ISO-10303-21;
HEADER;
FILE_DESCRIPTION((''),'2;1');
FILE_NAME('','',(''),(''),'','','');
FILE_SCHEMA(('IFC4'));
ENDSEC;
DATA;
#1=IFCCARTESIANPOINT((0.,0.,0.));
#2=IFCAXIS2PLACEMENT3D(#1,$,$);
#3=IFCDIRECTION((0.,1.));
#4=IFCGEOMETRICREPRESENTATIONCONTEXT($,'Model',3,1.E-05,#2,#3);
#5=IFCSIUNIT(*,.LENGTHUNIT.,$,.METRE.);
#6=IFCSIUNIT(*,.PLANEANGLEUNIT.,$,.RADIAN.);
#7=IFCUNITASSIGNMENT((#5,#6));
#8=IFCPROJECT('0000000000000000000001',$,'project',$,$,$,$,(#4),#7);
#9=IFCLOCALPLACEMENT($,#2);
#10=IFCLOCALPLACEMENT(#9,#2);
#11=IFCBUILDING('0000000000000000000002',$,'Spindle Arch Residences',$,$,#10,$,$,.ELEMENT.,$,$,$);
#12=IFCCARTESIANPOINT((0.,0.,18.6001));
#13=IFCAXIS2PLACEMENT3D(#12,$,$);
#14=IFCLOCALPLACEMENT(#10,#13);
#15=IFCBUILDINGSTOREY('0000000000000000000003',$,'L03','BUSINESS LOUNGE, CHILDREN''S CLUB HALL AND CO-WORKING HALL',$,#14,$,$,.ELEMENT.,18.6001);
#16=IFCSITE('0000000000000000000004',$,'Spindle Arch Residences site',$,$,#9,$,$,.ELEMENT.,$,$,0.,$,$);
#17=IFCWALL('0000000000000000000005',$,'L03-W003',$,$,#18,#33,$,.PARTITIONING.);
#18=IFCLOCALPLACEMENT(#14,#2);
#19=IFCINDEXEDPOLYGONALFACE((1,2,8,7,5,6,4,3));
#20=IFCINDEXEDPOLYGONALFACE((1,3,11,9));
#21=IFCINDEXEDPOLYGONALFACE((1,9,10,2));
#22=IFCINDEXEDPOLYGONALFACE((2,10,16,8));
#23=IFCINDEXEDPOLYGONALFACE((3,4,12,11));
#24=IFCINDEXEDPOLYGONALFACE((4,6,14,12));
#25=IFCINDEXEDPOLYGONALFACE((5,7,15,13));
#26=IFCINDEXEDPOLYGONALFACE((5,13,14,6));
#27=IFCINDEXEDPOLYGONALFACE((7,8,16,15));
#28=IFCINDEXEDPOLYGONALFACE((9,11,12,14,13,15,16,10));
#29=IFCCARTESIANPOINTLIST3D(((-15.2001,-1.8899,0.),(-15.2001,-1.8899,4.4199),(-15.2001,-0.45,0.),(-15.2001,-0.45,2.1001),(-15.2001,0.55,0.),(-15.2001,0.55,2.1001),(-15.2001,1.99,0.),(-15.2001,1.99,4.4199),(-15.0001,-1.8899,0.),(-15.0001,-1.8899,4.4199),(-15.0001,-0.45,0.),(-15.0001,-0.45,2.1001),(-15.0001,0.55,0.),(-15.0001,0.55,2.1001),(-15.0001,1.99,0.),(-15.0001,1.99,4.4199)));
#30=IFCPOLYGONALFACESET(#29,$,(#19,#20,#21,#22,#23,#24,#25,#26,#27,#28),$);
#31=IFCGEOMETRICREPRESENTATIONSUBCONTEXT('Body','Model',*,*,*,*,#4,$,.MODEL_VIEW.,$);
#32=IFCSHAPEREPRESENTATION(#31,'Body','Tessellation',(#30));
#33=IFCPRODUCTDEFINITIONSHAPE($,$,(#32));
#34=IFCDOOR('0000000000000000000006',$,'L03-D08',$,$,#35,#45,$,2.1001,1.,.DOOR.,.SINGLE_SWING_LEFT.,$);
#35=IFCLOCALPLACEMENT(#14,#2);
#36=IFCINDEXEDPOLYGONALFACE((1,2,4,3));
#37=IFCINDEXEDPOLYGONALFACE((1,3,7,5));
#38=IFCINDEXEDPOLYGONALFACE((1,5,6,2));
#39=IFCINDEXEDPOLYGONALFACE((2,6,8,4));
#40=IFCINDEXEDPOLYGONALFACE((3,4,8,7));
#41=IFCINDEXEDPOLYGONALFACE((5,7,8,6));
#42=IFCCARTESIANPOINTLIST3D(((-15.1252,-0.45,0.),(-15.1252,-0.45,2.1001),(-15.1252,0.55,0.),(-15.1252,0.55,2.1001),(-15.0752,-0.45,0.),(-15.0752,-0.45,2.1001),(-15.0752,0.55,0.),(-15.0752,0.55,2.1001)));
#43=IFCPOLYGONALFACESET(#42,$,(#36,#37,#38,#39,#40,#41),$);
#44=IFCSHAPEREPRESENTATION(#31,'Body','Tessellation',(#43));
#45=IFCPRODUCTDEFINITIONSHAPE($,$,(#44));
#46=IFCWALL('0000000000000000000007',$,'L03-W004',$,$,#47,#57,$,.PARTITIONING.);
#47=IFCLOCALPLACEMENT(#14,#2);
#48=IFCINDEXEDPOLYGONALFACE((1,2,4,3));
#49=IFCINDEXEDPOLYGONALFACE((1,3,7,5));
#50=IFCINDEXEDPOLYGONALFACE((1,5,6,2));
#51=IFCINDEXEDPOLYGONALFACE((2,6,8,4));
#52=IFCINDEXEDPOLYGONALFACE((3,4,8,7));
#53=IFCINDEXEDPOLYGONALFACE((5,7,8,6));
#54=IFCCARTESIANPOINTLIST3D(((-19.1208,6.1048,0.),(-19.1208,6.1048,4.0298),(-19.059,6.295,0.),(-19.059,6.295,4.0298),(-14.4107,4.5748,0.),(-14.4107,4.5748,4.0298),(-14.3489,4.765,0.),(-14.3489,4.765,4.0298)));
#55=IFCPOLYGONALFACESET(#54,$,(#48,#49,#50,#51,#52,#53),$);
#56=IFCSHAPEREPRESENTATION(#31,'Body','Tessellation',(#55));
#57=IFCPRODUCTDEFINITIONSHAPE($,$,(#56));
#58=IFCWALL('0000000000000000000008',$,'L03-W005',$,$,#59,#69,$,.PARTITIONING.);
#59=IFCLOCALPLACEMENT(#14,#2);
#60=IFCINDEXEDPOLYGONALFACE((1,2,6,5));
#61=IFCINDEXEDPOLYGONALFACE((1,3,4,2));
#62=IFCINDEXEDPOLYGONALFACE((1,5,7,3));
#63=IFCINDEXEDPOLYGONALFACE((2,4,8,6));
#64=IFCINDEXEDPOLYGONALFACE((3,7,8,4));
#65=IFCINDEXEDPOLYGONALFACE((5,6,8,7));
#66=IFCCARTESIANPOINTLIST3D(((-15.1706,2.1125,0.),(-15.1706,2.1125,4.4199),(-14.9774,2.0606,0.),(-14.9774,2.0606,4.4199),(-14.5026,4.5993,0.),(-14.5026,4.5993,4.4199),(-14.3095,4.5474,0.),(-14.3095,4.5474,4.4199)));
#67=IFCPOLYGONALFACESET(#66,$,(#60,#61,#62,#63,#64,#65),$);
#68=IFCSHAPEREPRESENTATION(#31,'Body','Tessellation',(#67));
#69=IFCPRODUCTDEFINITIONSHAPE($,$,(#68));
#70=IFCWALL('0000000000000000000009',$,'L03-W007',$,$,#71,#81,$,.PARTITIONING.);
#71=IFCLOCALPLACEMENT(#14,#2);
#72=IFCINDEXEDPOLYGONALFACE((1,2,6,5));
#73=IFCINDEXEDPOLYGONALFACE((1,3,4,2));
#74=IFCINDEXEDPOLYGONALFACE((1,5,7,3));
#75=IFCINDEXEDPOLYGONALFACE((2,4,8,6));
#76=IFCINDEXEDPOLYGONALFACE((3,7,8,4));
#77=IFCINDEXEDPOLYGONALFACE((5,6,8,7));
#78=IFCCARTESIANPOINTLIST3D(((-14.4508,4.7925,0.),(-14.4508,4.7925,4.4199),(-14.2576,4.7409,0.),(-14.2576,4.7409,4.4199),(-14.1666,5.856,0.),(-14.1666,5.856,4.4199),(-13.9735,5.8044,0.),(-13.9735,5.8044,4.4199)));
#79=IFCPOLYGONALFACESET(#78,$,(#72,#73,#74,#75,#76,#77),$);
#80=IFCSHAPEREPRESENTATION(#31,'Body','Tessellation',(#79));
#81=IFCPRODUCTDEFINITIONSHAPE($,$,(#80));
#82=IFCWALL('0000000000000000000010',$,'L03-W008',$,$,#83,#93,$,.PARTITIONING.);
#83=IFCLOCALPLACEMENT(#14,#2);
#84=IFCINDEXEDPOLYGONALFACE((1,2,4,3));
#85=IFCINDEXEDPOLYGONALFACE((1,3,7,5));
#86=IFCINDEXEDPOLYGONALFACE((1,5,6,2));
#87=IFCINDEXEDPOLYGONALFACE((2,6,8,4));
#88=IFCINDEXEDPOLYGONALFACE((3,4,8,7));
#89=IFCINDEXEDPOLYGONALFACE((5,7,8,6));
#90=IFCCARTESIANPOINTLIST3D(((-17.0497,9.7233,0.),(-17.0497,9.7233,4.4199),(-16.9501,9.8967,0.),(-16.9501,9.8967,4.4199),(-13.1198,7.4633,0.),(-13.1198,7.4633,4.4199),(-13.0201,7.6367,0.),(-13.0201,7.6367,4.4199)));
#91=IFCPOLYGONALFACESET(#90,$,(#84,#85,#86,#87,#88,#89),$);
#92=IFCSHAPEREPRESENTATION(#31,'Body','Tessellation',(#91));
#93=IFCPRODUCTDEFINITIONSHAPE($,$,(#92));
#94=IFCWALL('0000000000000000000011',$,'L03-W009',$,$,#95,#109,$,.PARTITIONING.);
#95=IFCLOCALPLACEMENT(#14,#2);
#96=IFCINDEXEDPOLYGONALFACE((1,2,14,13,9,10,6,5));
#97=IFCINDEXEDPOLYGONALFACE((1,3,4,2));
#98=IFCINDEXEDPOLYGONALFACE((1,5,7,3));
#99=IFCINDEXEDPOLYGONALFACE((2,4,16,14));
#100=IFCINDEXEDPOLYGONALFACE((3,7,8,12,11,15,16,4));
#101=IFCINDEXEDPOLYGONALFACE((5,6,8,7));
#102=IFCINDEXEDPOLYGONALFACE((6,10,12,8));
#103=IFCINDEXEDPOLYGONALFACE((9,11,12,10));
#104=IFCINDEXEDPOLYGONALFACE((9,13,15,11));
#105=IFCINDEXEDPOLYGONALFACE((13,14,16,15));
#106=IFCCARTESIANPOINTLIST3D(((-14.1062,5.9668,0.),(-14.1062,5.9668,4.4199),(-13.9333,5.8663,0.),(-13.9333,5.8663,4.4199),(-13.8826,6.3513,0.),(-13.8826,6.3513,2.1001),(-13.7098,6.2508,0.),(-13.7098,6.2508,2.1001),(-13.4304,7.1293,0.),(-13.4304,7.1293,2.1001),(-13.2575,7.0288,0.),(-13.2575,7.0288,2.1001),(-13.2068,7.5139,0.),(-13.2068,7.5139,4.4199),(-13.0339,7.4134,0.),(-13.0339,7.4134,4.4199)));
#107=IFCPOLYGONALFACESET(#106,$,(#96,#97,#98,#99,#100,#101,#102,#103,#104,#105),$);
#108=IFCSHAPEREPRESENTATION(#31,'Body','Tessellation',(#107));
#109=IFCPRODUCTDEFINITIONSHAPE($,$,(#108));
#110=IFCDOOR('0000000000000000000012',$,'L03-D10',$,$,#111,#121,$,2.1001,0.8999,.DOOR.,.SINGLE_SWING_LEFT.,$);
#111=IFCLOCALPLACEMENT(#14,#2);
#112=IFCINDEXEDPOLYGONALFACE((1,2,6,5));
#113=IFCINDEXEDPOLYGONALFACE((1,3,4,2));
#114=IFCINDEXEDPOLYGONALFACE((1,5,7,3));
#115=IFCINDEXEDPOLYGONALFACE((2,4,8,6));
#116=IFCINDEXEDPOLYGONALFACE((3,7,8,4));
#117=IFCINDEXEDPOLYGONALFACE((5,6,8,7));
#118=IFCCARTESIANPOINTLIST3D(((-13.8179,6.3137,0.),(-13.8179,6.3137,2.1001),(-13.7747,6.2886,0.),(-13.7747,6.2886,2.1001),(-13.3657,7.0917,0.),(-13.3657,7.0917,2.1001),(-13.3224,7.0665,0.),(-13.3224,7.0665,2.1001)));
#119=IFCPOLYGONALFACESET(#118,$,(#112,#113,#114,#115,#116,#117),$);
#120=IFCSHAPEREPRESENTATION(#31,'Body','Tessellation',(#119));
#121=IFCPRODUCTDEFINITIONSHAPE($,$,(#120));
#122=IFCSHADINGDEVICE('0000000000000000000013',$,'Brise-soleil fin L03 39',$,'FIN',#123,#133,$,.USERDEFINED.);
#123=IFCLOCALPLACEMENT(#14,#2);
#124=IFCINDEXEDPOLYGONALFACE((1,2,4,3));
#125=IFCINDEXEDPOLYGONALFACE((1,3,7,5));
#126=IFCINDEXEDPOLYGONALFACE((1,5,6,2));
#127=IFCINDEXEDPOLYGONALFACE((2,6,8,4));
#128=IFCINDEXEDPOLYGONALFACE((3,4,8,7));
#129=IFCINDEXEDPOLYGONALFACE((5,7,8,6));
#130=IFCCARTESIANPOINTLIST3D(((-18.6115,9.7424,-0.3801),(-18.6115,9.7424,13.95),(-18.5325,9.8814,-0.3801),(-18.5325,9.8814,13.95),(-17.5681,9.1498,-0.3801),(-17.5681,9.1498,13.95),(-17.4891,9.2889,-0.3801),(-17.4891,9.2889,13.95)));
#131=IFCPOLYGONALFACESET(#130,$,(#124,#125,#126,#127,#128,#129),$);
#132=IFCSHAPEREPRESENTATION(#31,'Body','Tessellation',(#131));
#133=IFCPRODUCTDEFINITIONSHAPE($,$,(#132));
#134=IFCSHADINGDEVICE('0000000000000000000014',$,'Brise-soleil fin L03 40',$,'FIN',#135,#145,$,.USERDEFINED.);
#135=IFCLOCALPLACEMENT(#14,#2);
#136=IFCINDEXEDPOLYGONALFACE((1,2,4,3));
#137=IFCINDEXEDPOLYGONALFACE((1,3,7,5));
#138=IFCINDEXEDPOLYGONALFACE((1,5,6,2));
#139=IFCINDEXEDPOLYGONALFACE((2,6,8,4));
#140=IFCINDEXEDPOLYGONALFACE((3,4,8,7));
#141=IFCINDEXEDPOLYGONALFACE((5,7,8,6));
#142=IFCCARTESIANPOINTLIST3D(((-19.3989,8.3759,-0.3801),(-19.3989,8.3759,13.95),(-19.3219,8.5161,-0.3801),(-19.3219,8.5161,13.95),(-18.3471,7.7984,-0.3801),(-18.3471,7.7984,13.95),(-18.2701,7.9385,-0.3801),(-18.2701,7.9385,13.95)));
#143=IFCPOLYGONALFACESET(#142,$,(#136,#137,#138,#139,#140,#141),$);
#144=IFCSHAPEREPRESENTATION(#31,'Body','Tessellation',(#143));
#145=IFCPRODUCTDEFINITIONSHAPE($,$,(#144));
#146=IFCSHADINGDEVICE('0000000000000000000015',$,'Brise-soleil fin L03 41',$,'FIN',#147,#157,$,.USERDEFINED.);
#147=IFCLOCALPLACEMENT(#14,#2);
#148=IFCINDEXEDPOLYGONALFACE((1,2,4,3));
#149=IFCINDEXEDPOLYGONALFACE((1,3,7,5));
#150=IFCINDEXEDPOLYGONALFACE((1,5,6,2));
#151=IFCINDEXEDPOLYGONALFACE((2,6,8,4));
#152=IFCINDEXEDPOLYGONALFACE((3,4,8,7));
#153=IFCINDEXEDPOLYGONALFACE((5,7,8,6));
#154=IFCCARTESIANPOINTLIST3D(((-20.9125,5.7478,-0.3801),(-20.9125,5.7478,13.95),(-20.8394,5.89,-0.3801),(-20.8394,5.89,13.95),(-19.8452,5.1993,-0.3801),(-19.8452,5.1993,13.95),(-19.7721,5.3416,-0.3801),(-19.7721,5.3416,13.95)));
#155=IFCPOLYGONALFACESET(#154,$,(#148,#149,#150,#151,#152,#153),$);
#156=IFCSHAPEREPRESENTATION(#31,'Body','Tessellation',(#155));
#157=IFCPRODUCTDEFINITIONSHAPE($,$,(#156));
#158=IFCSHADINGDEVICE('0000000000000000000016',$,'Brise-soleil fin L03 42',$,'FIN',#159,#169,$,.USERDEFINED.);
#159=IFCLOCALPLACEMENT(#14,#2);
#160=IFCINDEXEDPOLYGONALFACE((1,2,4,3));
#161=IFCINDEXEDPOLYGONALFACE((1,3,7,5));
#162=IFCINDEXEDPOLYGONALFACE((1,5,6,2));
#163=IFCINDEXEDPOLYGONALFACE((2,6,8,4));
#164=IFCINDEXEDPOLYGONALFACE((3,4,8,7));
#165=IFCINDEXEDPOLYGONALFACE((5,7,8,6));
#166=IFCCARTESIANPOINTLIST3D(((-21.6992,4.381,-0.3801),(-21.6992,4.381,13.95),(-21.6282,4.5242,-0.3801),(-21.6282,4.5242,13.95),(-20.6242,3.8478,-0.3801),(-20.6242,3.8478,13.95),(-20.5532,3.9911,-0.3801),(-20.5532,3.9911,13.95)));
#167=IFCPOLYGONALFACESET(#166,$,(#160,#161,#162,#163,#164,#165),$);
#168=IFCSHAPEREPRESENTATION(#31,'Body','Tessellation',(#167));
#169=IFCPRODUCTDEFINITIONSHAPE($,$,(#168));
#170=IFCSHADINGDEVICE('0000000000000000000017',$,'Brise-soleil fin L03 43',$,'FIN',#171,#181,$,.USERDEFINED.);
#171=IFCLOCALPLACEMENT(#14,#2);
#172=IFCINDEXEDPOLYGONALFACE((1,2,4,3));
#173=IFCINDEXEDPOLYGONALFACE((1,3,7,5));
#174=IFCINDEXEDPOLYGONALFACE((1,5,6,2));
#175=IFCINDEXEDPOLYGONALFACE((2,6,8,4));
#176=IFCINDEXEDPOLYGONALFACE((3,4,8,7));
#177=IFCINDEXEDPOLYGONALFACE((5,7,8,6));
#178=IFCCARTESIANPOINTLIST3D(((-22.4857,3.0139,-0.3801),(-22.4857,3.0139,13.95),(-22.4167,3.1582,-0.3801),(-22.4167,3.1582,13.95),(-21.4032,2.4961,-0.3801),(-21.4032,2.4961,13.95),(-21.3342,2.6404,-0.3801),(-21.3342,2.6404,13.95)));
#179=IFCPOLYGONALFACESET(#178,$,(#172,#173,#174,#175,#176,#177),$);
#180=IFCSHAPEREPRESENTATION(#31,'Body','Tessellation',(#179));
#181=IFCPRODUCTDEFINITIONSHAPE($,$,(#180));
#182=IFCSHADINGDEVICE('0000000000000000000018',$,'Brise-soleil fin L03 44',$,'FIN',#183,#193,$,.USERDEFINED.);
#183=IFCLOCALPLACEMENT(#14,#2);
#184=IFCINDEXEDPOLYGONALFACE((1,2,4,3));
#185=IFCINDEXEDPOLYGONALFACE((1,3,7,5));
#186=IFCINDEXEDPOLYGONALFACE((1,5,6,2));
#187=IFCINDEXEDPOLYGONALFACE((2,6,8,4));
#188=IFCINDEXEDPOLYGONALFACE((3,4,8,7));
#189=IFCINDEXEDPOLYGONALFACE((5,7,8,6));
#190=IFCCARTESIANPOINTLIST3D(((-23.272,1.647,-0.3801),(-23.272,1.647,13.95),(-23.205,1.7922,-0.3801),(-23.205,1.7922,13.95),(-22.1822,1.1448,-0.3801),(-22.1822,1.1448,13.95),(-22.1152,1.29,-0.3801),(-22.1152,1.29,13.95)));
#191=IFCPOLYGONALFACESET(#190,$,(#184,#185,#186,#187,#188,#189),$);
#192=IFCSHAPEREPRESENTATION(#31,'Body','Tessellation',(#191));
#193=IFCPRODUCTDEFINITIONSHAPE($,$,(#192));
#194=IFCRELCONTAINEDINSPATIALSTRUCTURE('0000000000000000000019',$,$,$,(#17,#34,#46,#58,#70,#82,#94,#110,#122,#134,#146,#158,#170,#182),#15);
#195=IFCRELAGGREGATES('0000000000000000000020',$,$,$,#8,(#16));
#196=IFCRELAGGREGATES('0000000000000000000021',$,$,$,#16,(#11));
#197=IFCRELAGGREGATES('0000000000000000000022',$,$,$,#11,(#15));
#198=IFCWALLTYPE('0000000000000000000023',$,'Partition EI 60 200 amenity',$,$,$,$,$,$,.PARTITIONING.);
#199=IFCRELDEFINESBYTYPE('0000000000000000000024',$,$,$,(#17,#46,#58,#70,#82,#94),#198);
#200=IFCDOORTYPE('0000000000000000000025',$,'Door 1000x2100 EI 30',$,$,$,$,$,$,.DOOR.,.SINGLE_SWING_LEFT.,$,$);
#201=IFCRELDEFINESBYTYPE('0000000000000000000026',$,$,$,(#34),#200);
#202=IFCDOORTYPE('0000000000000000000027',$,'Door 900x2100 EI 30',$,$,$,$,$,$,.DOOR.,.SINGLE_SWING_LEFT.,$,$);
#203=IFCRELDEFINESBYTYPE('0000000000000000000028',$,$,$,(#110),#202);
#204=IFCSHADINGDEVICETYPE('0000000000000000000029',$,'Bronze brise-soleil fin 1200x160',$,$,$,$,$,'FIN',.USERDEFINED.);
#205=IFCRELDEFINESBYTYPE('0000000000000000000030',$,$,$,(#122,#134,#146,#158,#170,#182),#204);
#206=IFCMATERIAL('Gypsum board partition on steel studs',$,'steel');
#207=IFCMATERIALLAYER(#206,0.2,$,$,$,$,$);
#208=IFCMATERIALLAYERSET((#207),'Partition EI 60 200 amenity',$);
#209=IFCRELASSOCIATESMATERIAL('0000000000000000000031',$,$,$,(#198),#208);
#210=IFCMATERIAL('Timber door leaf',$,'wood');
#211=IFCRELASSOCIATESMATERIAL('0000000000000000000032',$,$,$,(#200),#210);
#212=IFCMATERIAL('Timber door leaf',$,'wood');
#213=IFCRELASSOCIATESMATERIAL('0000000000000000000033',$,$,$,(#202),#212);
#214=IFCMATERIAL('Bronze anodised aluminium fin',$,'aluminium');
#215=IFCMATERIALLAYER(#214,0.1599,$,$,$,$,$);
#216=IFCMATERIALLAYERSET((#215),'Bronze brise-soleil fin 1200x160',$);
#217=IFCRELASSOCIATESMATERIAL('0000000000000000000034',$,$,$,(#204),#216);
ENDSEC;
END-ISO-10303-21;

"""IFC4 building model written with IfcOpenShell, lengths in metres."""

from ifc_helpers import new_model, si_unit, direction, frame, frame_2d, origin, origin_2d, place, context, subcontext, project, spatial, rectangle, extrude, material, layer, layer_set, type_object, element, fill, save


model = new_model("IFC4")

# Units and contexts
model_context = context("Model", 3, precision=1e-05, world=origin(), true_north=direction((0.0, 1.0)))
body_context = subcontext(model_context, "Body", "Model", "MODEL_VIEW")
ifc_project = project(units=[si_unit("LENGTHUNIT", "METRE"), si_unit("PLANEANGLEUNIT", "RADIAN")], contexts=[model_context])

# Site, building, storey
site_placement = place(None, origin())
site = spatial("IfcSite", under=ifc_project, at=site_placement, Name="Spindle Arch Residences site", CompositionType="ELEMENT", RefElevation=0.0)
building_placement = place(site_placement, origin())
building = spatial("IfcBuilding", under=site, at=building_placement, Name="Spindle Arch Residences", CompositionType="ELEMENT")
storey_placement = place(building_placement, frame((0.0, 0.0, 18.6001)))
storey = spatial("IfcBuildingStorey", under=building, at=storey_placement, Name="L03", Description="BUSINESS LOUNGE, CHILDREN'S CLUB HALL AND CO-WORKING HALL", CompositionType="ELEMENT", Elevation=18.6001)

# Wall, opening, door
ifc_material_1 = material(Name="Gypsum board partition on steel studs", Category="steel")
ifc_layer_1 = layer(ifc_material_1, 0.2)
ifc_layer_set_1 = layer_set([ifc_layer_1], Name="Partition EI 60 200 amenity")
wall_type = type_object("IfcWallType", Name="Partition EI 60 200 amenity", PredefinedType="PARTITIONING", material=ifc_layer_set_1)
wall_1_placement = place(storey_placement, frame((-15.1001, 1.99, 0.0), z_axis=(0.0, 0.0, 1.0), x_axis=(0.0, -1.0, 0.0)))
wall_1 = element("IfcWall", 1, at=wall_1_placement, inside=storey, type_object=wall_type, Name="L03-W003", PredefinedType="PARTITIONING", context=body_context, shape_type="SweptSolid", body=[
    extrude(rectangle(XDim=3.8799, YDim=0.2, at=frame_2d((1.9399, 0.0))), origin(), (0.0, 0.0, 1.0), 4.4199),
])
opening_1_placement = place(wall_1_placement, frame((1.4399, 0.0, 0.0)))
opening_1 = element("IfcOpeningElement", 2, at=opening_1_placement, cuts=wall_1, PredefinedType="OPENING", context=body_context, shape_type="SweptSolid", body=[
    extrude(rectangle(XDim=1.0, YDim=2.1001, at=frame_2d((0.5, 1.05))), frame((0.0, 0.1099, 0.0), z_axis=(0.0, -1.0, 0.0), x_axis=(1.0, 0.0, 0.0)), (0.0, 0.0, 1.0), 0.22),
])
ifc_material_2 = material(Name="Timber door leaf", Category="wood")
door_type_1 = type_object("IfcDoorType", Name="Door 1000x2100 EI 30", OperationType="SINGLE_SWING_LEFT", PredefinedType="DOOR", material=ifc_material_2)
door_1_placement = place(opening_1_placement, origin())
door_1 = element("IfcDoor", 3, at=door_1_placement, inside=storey, type_object=door_type_1, Name="L03-D08", OperationType="SINGLE_SWING_LEFT", OverallHeight=2.1001, OverallWidth=1.0, PredefinedType="DOOR", context=body_context, shape_type="SweptSolid", body=[
    extrude(rectangle(XDim=1.0, YDim=2.1001, at=frame_2d((0.5, 1.05))), frame((0.0, 0.0249, 0.0), z_axis=(0.0, -1.0, 0.0), x_axis=(1.0, 0.0, 0.0)), (0.0, 0.0, 1.0), 0.05),
])
fill(opening_1, door_1)

# Walls
wall_2_placement = place(storey_placement, frame((-14.3799, 4.6699, 0.0), z_axis=(0.0, 0.0, 1.0), x_axis=(-0.951081, 0.308942, 0.0)))
element("IfcWall", 4, at=wall_2_placement, inside=storey, type_object=wall_type, Name="L03-W004", PredefinedType="PARTITIONING", context=body_context, shape_type="SweptSolid", body=[
    extrude(rectangle(XDim=4.9524, YDim=0.2, at=frame_2d((2.4761, 0.0))), origin(), (0.0, 0.0, 1.0), 4.0298),
])
wall_3_placement = place(storey_placement, frame((-14.406, 4.5735, 0.0), z_axis=(0.0, 0.0, 1.0), x_axis=(-0.259409, -0.965768, 0.0)))
element("IfcWall", 5, at=wall_3_placement, inside=storey, type_object=wall_type, Name="L03-W005", PredefinedType="PARTITIONING", context=body_context, shape_type="SweptSolid", body=[
    extrude(rectangle(XDim=2.575, YDim=0.2, at=frame_2d((1.2876, 0.0))), origin(), (0.0, 0.0, 1.0), 4.4199),
])
wall_4_placement = place(storey_placement, frame((-14.0701, 5.8301, 0.0), z_axis=(0.0, 0.0, 1.0), x_axis=(-0.25816, -0.966102, 0.0)))
element("IfcWall", 6, at=wall_4_placement, inside=storey, type_object=wall_type, Name="L03-W007", PredefinedType="PARTITIONING", context=body_context, shape_type="SweptSolid", body=[
    extrude(rectangle(XDim=1.1008, YDim=0.2, at=frame_2d((0.5503, 0.0))), origin(), (0.0, 0.0, 1.0), 4.4199),
])
wall_5_placement = place(storey_placement, frame((-13.0701, 7.55, 0.0), z_axis=(0.0, 0.0, 1.0), x_axis=(-0.866878, 0.498521, 0.0)))
element("IfcWall", 7, at=wall_5_placement, inside=storey, type_object=wall_type, Name="L03-W008", PredefinedType="PARTITIONING", context=body_context, shape_type="SweptSolid", body=[
    extrude(rectangle(XDim=4.5334, YDim=0.2, at=frame_2d((2.2666, 0.0))), origin(), (0.0, 0.0, 1.0), 4.4199),
])

# Wall, opening, door
wall_6_placement = place(storey_placement, frame((-13.1204, 7.4636, 0.0), z_axis=(0.0, 0.0, 1.0), x_axis=(-0.50259, -0.864525, 0.0)))
wall_6 = element("IfcWall", 8, at=wall_6_placement, inside=storey, type_object=wall_type, Name="L03-W009", PredefinedType="PARTITIONING", context=body_context, shape_type="SweptSolid", body=[
    extrude(rectangle(XDim=1.7896, YDim=0.2, at=frame_2d((0.8948, 0.0))), origin(), (0.0, 0.0, 1.0), 4.4199),
])
opening_2_placement = place(wall_6_placement, frame((0.4448, 0.0, 0.0)))
opening_2 = element("IfcOpeningElement", 9, at=opening_2_placement, cuts=wall_6, PredefinedType="OPENING", context=body_context, shape_type="SweptSolid", body=[
    extrude(rectangle(XDim=0.8999, YDim=2.1001, at=frame_2d((0.45, 1.05))), frame((0.0, 0.1099, 0.0), z_axis=(0.0, -1.0, 0.0), x_axis=(1.0, 0.0, 0.0)), (0.0, 0.0, 1.0), 0.22),
])
ifc_material_3 = material(Name="Timber door leaf", Category="wood")
door_type_2 = type_object("IfcDoorType", Name="Door 900x2100 EI 30", OperationType="SINGLE_SWING_LEFT", PredefinedType="DOOR", material=ifc_material_3)
door_2_placement = place(opening_2_placement, origin())
door_2 = element("IfcDoor", 10, at=door_2_placement, inside=storey, type_object=door_type_2, Name="L03-D10", OperationType="SINGLE_SWING_LEFT", OverallHeight=2.1001, OverallWidth=0.8999, PredefinedType="DOOR", context=body_context, shape_type="SweptSolid", body=[
    extrude(rectangle(XDim=0.8999, YDim=2.1001, at=frame_2d((0.45, 1.05))), frame((0.0, 0.0249, 0.0), z_axis=(0.0, -1.0, 0.0), x_axis=(1.0, 0.0, 0.0)), (0.0, 0.0, 1.0), 0.05),
])
fill(opening_2, door_2)

# Shading devices
ifc_material_4 = material(Name="Bronze anodised aluminium fin", Category="aluminium")
ifc_layer_2 = layer(ifc_material_4, 0.1599)
ifc_layer_set_2 = layer_set([ifc_layer_2], Name="Bronze brise-soleil fin 1200x160")
shading_device_type = type_object("IfcShadingDeviceType", Name="Bronze brise-soleil fin 1200x160", ElementType="FIN", PredefinedType="USERDEFINED", material=ifc_layer_set_2)
for number, where, z_axis, x_axis, name in (
    (11, (-18.0503, 9.5156, -0.3801), (0.0, 0.0, 1.0), (-0.869575, 0.493801, 0.0), "Brise-soleil fin L03 39"),
    (12, (-18.8345, 8.1572, -0.3801), (0.0, 0.0, 1.0), (-0.876541, 0.481328, 0.0), "Brise-soleil fin L03 40"),
    (13, (-20.3423, 5.5447, -0.3801), (0.0, 0.0, 1.0), (-0.889432, 0.457068, 0.0), "Brise-soleil fin L03 41"),
    (14, (-21.1262, 4.186, -0.3801), (0.0, 0.0, 1.0), (-0.895871, 0.444314, 0.0), "Brise-soleil fin L03 42"),
    (15, (-21.9099, 2.8271, -0.3801), (0.0, 0.0, 1.0), (-0.902127, 0.431471, 0.0), "Brise-soleil fin L03 43"),
    (16, (-22.6936, 1.4685, -0.3801), (0.0, 0.0, 1.0), (-0.908199, 0.418539, 0.0), "Brise-soleil fin L03 44"),
):
    element("IfcShadingDevice", number, at=place(storey_placement, frame(where, z_axis=z_axis, x_axis=x_axis)), inside=storey, type_object=shading_device_type, Name=name, ObjectType="FIN", PredefinedType="USERDEFINED", context=body_context, shape_type="SweptSolid", body=[
        extrude(rectangle(XDim=1.2, YDim=0.1599, at=origin_2d()), origin(), (0.0, 0.0, 1.0), 14.3301),
    ])

save(model, "model.ifc")
